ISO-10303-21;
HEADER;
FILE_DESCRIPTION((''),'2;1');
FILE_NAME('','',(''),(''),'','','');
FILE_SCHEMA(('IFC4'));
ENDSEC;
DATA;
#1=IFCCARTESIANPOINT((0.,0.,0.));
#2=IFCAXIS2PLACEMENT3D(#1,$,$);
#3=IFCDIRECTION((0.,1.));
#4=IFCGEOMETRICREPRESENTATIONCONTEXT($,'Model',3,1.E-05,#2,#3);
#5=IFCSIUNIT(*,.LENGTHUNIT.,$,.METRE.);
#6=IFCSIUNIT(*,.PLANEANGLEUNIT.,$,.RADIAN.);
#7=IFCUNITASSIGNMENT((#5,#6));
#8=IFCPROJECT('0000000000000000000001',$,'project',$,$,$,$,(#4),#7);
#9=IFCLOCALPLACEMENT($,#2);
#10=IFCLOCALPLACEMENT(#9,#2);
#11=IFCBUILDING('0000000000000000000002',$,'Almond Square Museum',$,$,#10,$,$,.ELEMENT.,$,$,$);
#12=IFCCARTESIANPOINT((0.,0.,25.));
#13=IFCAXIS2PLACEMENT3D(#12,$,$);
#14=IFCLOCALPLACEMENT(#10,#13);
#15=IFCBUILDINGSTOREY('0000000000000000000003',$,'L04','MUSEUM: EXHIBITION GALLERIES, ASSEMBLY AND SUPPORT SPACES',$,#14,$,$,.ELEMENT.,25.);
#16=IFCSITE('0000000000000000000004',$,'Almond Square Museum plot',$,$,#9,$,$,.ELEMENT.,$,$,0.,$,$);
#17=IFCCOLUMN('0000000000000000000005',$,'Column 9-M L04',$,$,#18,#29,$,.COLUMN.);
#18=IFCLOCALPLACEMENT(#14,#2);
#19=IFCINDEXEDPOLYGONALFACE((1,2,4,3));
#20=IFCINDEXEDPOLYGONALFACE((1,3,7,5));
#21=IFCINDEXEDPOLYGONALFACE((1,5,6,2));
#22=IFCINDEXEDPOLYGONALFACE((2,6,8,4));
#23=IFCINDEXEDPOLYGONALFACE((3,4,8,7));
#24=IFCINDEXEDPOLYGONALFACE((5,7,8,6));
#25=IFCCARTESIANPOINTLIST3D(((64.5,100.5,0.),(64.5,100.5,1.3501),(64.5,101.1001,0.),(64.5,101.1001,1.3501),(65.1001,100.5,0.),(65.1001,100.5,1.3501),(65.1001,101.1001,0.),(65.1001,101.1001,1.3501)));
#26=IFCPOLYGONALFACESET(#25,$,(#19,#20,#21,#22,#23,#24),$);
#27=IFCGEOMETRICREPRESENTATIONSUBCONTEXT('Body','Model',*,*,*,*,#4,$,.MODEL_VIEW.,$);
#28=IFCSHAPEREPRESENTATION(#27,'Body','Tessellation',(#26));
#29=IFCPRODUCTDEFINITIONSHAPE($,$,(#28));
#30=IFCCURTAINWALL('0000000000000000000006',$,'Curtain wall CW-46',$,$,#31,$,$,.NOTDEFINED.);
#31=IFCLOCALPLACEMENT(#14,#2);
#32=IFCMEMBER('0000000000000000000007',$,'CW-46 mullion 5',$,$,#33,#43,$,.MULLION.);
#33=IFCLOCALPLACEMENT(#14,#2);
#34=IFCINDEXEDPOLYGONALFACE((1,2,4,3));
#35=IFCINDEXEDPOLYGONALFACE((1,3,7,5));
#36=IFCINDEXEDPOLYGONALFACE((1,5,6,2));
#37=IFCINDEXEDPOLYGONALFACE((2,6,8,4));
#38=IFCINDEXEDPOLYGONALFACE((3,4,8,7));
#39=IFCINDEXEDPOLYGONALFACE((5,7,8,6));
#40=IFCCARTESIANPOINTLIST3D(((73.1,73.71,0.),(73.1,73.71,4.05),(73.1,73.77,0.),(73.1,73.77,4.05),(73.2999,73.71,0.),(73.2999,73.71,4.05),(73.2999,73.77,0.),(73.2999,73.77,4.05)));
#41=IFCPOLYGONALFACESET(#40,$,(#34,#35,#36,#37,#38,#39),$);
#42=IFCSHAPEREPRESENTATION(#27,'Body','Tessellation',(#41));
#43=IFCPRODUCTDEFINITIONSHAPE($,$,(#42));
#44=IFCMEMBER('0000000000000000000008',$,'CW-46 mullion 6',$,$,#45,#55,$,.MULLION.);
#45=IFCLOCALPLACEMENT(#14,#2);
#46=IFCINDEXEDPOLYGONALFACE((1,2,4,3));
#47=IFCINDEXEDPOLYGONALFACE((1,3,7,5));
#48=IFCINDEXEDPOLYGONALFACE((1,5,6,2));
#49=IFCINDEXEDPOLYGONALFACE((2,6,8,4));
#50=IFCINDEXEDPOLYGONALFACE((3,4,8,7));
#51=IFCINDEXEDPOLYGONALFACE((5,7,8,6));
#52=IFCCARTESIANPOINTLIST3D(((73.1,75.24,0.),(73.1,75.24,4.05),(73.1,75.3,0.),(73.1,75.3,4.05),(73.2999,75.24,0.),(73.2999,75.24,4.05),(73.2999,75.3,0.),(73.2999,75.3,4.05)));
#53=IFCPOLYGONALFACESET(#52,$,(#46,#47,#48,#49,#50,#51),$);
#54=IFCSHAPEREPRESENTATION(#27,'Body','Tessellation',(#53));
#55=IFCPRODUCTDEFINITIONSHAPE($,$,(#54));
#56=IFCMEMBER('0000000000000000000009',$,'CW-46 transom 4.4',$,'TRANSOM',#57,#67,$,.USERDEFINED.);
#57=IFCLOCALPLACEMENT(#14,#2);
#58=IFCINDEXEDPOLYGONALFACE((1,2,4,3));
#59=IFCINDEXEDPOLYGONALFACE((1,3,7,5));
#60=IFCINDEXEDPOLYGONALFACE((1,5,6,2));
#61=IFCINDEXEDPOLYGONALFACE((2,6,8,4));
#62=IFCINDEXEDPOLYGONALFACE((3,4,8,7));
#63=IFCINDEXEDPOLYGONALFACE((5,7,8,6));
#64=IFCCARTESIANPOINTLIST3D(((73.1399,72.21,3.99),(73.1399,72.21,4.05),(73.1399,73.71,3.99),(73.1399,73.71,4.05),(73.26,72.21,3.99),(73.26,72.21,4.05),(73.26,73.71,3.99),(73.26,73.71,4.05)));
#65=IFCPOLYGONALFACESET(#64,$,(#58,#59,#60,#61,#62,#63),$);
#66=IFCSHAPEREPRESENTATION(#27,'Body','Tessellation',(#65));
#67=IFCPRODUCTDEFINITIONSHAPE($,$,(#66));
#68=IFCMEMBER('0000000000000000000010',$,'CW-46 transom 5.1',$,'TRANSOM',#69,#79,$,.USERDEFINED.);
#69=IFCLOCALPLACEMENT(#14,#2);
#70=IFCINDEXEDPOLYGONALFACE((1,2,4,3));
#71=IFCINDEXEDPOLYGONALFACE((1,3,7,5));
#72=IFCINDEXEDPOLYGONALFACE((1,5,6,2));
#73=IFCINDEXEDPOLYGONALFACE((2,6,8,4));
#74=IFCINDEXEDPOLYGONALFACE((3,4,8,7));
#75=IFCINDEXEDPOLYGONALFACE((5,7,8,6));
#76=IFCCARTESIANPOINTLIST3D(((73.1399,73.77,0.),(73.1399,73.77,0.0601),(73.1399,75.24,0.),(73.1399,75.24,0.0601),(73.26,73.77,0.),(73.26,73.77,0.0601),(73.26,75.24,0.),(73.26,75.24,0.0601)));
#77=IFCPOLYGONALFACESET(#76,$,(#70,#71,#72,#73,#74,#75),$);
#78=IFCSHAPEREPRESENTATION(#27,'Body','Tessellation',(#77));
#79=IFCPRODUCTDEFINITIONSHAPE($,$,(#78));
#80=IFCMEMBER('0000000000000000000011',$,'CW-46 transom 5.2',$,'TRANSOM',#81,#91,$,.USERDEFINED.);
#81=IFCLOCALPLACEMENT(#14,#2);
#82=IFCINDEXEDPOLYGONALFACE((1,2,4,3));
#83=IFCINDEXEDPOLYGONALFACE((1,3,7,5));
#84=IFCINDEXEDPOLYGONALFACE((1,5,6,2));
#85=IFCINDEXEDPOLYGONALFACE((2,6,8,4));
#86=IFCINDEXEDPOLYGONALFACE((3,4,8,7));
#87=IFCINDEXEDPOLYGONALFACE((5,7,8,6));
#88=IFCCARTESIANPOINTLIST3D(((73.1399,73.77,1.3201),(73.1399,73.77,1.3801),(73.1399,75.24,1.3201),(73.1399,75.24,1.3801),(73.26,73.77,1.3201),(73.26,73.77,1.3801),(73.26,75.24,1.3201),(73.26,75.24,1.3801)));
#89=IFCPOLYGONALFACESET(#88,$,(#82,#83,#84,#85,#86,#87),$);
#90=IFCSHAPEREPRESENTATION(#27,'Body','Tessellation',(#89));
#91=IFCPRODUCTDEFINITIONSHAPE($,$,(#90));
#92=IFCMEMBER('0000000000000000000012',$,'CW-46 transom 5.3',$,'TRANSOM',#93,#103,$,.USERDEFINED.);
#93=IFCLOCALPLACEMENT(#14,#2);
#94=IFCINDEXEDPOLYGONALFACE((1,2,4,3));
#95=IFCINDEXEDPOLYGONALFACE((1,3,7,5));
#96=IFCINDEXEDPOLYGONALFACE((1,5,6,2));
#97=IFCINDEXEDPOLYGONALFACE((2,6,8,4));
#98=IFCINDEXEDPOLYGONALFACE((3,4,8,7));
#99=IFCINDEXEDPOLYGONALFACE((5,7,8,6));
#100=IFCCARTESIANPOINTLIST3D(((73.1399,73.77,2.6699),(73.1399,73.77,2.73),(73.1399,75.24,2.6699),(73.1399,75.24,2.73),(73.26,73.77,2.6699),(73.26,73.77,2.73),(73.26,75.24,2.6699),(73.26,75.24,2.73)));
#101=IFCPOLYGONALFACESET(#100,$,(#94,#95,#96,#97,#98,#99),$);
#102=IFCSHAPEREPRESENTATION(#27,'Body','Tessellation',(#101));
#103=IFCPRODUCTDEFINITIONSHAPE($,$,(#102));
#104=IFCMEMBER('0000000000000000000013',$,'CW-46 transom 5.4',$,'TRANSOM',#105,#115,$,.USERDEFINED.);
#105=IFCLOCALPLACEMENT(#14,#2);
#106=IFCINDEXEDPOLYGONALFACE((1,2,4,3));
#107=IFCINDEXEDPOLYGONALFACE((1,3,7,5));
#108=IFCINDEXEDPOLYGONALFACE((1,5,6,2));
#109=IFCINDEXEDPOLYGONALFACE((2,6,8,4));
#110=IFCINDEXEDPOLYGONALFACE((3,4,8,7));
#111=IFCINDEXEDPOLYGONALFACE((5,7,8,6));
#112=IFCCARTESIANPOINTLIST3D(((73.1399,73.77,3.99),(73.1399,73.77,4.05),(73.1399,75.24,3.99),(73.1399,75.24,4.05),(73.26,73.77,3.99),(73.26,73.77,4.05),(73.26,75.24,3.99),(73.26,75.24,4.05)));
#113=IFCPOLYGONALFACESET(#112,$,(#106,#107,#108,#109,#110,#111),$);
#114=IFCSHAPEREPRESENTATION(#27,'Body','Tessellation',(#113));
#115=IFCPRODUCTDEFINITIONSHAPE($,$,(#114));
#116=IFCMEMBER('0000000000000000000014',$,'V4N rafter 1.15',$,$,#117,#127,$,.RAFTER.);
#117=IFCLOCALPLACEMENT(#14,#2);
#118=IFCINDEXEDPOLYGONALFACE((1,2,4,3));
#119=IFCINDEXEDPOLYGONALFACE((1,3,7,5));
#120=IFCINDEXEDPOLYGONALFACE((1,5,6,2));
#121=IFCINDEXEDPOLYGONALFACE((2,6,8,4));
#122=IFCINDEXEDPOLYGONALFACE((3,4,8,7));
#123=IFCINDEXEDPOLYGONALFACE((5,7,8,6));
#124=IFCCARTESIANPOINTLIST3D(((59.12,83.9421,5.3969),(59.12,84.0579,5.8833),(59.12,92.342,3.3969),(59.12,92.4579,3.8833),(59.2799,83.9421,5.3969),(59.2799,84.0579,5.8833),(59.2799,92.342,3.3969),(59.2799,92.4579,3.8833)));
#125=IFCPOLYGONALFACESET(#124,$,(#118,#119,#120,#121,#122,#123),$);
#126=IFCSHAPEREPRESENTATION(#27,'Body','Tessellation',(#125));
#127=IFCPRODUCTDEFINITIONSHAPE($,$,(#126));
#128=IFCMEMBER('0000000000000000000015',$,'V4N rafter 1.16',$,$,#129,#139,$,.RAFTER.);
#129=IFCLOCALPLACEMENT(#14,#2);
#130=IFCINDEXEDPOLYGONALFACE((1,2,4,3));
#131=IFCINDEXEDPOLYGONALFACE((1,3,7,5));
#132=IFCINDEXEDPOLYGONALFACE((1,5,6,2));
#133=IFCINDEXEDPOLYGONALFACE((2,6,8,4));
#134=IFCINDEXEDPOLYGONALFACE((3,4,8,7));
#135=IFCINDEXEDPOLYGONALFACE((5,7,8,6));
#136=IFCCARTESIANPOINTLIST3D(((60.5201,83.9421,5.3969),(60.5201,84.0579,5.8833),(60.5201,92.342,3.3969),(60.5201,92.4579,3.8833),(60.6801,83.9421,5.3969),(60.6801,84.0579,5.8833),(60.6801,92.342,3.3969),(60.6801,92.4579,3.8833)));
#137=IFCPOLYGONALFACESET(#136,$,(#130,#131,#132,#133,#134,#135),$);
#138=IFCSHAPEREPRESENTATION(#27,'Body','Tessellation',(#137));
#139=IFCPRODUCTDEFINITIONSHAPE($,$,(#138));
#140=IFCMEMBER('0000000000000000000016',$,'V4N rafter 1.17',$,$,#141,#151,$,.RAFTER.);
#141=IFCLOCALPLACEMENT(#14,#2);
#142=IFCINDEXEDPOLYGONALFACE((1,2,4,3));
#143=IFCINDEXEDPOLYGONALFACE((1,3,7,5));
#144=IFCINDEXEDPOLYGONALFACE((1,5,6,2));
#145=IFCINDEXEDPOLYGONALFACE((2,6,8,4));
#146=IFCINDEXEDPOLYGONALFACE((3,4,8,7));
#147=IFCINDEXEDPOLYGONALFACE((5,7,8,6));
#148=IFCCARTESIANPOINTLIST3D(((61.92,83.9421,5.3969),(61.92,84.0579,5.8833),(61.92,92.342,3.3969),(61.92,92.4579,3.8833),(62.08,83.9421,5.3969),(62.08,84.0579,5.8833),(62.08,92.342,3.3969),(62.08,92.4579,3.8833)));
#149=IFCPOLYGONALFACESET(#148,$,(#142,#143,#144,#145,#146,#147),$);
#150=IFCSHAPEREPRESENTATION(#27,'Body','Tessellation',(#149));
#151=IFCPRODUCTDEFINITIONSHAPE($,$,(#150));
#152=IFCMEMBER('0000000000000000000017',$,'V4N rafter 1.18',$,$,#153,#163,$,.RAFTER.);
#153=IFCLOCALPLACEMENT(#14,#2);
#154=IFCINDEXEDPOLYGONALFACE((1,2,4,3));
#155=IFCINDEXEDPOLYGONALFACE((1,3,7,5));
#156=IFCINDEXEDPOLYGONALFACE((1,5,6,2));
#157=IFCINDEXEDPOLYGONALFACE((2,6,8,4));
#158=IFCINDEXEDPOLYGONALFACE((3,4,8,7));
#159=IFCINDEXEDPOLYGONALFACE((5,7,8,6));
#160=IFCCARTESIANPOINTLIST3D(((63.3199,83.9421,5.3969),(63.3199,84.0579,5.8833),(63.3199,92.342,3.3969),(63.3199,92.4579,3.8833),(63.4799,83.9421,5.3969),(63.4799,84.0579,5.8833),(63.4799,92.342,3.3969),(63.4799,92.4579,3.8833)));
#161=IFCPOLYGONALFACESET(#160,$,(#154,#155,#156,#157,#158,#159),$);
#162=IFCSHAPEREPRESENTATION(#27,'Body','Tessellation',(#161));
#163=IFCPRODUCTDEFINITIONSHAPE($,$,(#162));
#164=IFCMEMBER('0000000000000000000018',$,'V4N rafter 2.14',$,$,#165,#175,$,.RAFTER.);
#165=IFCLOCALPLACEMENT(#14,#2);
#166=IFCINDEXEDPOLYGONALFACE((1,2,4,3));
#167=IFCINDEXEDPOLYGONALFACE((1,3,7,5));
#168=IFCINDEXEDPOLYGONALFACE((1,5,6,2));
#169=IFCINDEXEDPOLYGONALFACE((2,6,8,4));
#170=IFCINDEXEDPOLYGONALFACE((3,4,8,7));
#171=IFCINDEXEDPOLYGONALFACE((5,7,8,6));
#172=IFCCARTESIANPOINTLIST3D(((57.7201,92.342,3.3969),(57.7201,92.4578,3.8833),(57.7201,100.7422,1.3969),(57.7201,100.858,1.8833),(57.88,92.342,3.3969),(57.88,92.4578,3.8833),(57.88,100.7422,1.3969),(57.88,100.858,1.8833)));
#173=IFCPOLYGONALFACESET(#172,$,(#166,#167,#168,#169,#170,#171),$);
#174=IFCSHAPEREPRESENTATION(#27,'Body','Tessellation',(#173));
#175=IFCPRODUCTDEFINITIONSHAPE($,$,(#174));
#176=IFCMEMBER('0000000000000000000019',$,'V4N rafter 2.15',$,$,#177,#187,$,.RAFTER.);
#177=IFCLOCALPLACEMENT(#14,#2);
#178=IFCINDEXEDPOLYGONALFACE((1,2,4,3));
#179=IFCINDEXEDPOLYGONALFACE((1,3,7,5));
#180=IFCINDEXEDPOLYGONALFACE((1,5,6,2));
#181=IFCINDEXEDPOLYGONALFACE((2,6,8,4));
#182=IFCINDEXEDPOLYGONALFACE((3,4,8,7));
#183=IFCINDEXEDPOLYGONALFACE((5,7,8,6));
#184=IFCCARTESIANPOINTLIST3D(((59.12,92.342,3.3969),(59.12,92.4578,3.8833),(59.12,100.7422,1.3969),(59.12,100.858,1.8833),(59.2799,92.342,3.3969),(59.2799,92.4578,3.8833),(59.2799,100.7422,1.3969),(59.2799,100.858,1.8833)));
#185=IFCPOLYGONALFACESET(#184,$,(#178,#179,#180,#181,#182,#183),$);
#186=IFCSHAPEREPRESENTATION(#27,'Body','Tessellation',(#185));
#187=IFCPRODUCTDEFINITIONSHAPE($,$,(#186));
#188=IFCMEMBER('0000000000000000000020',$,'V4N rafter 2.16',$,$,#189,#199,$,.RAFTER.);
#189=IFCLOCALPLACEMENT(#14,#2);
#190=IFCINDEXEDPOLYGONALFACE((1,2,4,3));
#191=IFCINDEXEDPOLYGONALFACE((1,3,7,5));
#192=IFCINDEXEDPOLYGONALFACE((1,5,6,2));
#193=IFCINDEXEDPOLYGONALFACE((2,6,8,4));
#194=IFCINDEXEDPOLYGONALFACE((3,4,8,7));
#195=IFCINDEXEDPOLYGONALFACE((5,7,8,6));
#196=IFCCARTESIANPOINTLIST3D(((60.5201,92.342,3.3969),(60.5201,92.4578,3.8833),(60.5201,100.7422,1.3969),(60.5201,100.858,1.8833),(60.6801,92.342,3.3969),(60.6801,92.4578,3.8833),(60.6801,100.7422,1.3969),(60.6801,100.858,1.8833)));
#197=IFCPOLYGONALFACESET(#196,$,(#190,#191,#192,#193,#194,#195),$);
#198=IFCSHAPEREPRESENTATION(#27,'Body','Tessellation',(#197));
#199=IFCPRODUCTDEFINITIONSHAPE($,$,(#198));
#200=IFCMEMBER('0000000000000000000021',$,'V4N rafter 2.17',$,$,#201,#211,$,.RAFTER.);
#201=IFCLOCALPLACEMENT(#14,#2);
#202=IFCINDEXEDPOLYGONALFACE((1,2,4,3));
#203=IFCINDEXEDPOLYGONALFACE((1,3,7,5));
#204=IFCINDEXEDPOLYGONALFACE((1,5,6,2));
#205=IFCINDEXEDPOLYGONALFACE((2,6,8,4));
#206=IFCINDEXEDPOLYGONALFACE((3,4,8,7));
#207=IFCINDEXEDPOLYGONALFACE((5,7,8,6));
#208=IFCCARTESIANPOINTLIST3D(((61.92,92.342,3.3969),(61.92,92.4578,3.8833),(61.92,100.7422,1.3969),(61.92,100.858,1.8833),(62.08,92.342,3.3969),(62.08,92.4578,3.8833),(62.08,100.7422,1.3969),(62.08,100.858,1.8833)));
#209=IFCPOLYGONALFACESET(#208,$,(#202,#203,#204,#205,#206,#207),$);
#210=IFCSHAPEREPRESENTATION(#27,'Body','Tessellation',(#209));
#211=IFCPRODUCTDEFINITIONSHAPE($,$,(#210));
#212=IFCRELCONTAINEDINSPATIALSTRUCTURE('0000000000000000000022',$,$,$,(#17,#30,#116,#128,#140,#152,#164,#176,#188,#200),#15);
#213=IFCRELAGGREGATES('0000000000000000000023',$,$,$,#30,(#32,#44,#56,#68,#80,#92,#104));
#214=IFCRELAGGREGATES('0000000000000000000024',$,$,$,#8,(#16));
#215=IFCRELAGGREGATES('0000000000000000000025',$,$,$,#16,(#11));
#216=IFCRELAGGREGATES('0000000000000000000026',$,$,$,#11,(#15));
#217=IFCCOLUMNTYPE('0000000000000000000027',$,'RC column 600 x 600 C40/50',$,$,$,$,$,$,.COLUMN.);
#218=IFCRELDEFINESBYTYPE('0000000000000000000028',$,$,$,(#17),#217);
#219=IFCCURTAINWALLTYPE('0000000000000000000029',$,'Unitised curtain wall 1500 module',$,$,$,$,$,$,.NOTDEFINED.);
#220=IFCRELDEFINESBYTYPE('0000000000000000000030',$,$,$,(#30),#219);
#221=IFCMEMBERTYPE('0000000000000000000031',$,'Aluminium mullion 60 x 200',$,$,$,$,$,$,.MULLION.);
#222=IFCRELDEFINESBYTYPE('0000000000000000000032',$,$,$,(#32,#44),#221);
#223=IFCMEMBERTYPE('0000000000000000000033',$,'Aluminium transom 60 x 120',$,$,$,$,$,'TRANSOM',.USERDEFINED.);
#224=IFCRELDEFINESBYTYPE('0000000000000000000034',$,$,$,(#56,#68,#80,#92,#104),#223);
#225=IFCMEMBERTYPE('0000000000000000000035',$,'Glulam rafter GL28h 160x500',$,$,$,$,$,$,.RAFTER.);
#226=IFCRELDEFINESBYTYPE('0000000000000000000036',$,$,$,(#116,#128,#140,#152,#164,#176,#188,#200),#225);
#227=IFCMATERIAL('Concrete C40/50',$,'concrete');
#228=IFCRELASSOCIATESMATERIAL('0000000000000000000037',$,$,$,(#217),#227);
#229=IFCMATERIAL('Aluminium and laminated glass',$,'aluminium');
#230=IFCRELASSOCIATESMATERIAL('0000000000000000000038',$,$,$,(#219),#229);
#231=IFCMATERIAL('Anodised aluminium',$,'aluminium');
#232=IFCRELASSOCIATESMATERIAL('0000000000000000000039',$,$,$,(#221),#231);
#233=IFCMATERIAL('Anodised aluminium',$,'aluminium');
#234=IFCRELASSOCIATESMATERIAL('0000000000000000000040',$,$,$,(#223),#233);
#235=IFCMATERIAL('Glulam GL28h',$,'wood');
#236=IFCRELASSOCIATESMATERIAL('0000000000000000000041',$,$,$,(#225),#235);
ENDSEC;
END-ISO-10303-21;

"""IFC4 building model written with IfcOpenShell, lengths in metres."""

from ifc_helpers import new_model, si_unit, direction, frame, origin, origin_2d, place, context, subcontext, project, spatial, rectangle, extrude, material, material_profile, profile_set, type_object, element, aggregate, save


model = new_model("IFC4")

# Units and contexts
model_context = context("Model", 3, precision=1e-05, world=origin(), true_north=direction((0.0, 1.0)))
body_context = subcontext(model_context, "Body", "Model", "MODEL_VIEW")
ifc_project = project(units=[si_unit("LENGTHUNIT", "METRE"), si_unit("PLANEANGLEUNIT", "RADIAN")], contexts=[model_context])

# Site, building, storey
site_placement = place(None, origin())
site = spatial("IfcSite", under=ifc_project, at=site_placement, Name="Almond Square Museum plot", CompositionType="ELEMENT", RefElevation=0.0)
building_placement = place(site_placement, origin())
building = spatial("IfcBuilding", under=site, at=building_placement, Name="Almond Square Museum", CompositionType="ELEMENT")
storey_placement = place(building_placement, frame((0.0, 0.0, 25.0)))
storey = spatial("IfcBuildingStorey", under=building, at=storey_placement, Name="L04", Description="MUSEUM: EXHIBITION GALLERIES, ASSEMBLY AND SUPPORT SPACES", CompositionType="ELEMENT", Elevation=25.0)

# Column
ifc_material_1 = material(Name="Concrete C40/50", Category="concrete")
ifc_material_profile_1 = material_profile(ifc_material_1, rectangle(XDim=0.6001, YDim=0.6001, at=origin_2d()))
ifc_profile_set_1 = profile_set([ifc_material_profile_1], Name="Concrete C40/50")
column_type = type_object("IfcColumnType", Name="RC column 600 x 600 C40/50", PredefinedType="COLUMN", material=ifc_profile_set_1)
column_placement = place(storey_placement, frame((64.8, 100.8, 0.0), z_axis=(0.0, 0.0, 1.0), x_axis=(1.0, 0.0, 0.0)))
element("IfcColumn", 1, at=column_placement, inside=storey, type_object=column_type, Name="Column 9-M L04", PredefinedType="COLUMN", context=body_context, shape_type="SweptSolid", body=[
    extrude(rectangle(XDim=0.6001, YDim=0.6001, at=origin_2d()), origin(), (0.0, 0.0, 1.0), 1.3501),
])

# Curtain wall, members
ifc_material_2 = material(Name="Aluminium and laminated glass", Category="aluminium")
curtain_wall_type = type_object("IfcCurtainWallType", Name="Unitised curtain wall 1500 module", PredefinedType="NOTDEFINED", material=ifc_material_2)
curtain_wall_placement = place(storey_placement, origin())
curtain_wall = element("IfcCurtainWall", 2, at=curtain_wall_placement, inside=storey, type_object=curtain_wall_type, Name="Curtain wall CW-46", PredefinedType="NOTDEFINED")
ifc_material_3 = material(Name="Anodised aluminium", Category="aluminium")
ifc_material_profile_2 = material_profile(ifc_material_3, rectangle(XDim=0.2, YDim=0.0601, at=origin_2d()))
ifc_profile_set_2 = profile_set([ifc_material_profile_2], Name="Anodised aluminium")
member_type_1 = type_object("IfcMemberType", Name="Aluminium mullion 60 x 200", PredefinedType="MULLION", material=ifc_profile_set_2)
member_1_placement = place(storey_placement, frame((73.2, 73.74, 0.0), z_axis=(0.0, 0.0, 1.0), x_axis=(-1.0, 0.0, 0.0)))
member_1 = element("IfcMember", 3, at=member_1_placement, type_object=member_type_1, Name="CW-46 mullion 5", PredefinedType="MULLION", context=body_context, shape_type="SweptSolid", body=[
    extrude(rectangle(XDim=0.2, YDim=0.0601, at=origin_2d()), origin(), (0.0, 0.0, 1.0), 4.05),
])
member_2_placement = place(storey_placement, frame((73.2, 75.27, 0.0), z_axis=(0.0, 0.0, 1.0), x_axis=(-1.0, 0.0, 0.0)))
member_2 = element("IfcMember", 4, at=member_2_placement, type_object=member_type_1, Name="CW-46 mullion 6", PredefinedType="MULLION", context=body_context, shape_type="SweptSolid", body=[
    extrude(rectangle(XDim=0.2, YDim=0.0601, at=origin_2d()), origin(), (0.0, 0.0, 1.0), 4.05),
])
ifc_material_4 = material(Name="Anodised aluminium", Category="aluminium")
ifc_material_profile_3 = material_profile(ifc_material_4, rectangle(XDim=0.1201, YDim=0.0601, at=origin_2d()))
ifc_profile_set_3 = profile_set([ifc_material_profile_3], Name="Anodised aluminium")
member_type_2 = type_object("IfcMemberType", Name="Aluminium transom 60 x 120", ElementType="TRANSOM", PredefinedType="USERDEFINED", material=ifc_profile_set_3)
member_3_placement = place(storey_placement, frame((73.2, 72.21, 4.02), z_axis=(0.0, 1.0, 0.0), x_axis=(-1.0, 0.0, 0.0)))
member_3 = element("IfcMember", 5, at=member_3_placement, type_object=member_type_2, Name="CW-46 transom 4.4", ObjectType="TRANSOM", PredefinedType="USERDEFINED", context=body_context, shape_type="SweptSolid", body=[
    extrude(rectangle(XDim=0.1201, YDim=0.0601, at=origin_2d()), origin(), (0.0, 0.0, 1.0), 1.5),
])
member_4_placement = place(storey_placement, frame((73.2, 73.77, 0.03), z_axis=(0.0, 1.0, 0.0), x_axis=(-1.0, 0.0, 0.0)))
member_4 = element("IfcMember", 6, at=member_4_placement, type_object=member_type_2, Name="CW-46 transom 5.1", ObjectType="TRANSOM", PredefinedType="USERDEFINED", context=body_context, shape_type="SweptSolid", body=[
    extrude(rectangle(XDim=0.1201, YDim=0.0601, at=origin_2d()), origin(), (0.0, 0.0, 1.0), 1.47),
])
member_5_placement = place(storey_placement, frame((73.2, 73.77, 1.3501), z_axis=(0.0, 1.0, 0.0), x_axis=(-1.0, 0.0, 0.0)))
member_5 = element("IfcMember", 7, at=member_5_placement, type_object=member_type_2, Name="CW-46 transom 5.2", ObjectType="TRANSOM", PredefinedType="USERDEFINED", context=body_context, shape_type="SweptSolid", body=[
    extrude(rectangle(XDim=0.1201, YDim=0.0601, at=origin_2d()), origin(), (0.0, 0.0, 1.0), 1.47),
])
member_6_placement = place(storey_placement, frame((73.2, 73.77, 2.7), z_axis=(0.0, 1.0, 0.0), x_axis=(-1.0, 0.0, 0.0)))
member_6 = element("IfcMember", 8, at=member_6_placement, type_object=member_type_2, Name="CW-46 transom 5.3", ObjectType="TRANSOM", PredefinedType="USERDEFINED", context=body_context, shape_type="SweptSolid", body=[
    extrude(rectangle(XDim=0.1201, YDim=0.0601, at=origin_2d()), origin(), (0.0, 0.0, 1.0), 1.47),
])
member_7_placement = place(storey_placement, frame((73.2, 73.77, 4.02), z_axis=(0.0, 1.0, 0.0), x_axis=(-1.0, 0.0, 0.0)))
member_7 = element("IfcMember", 9, at=member_7_placement, type_object=member_type_2, Name="CW-46 transom 5.4", ObjectType="TRANSOM", PredefinedType="USERDEFINED", context=body_context, shape_type="SweptSolid", body=[
    extrude(rectangle(XDim=0.1201, YDim=0.0601, at=origin_2d()), origin(), (0.0, 0.0, 1.0), 1.47),
])

# Members
ifc_material_5 = material(Name="Glulam GL28h", Category="wood")
ifc_material_profile_4 = material_profile(ifc_material_5, rectangle(XDim=0.1599, YDim=0.5, at=origin_2d()))
ifc_profile_set_4 = profile_set([ifc_material_profile_4], Name="Glulam GL28h")
member_type_3 = type_object("IfcMemberType", Name="Glulam rafter GL28h 160x500", PredefinedType="RAFTER", material=ifc_profile_set_4)
for number, where, z_axis, x_axis, name in (
    (10, (59.2, 84.0, 5.6401), (0.0, 0.972806, -0.231623), (-1.0, 0.0, 0.0), "V4N rafter 1.15"),
    (11, (60.6001, 84.0, 5.6401), (0.0, 0.972806, -0.231623), (-1.0, 0.0, 0.0), "V4N rafter 1.16"),
    (12, (62.0, 84.0, 5.6401), (0.0, 0.972806, -0.231623), (-1.0, 0.0, 0.0), "V4N rafter 1.17"),
    (13, (63.3999, 84.0, 5.6401), (0.0, 0.972806, -0.231623), (-1.0, 0.0, 0.0), "V4N rafter 1.18"),
):
    element("IfcMember", number, at=place(storey_placement, frame(where, z_axis=z_axis, x_axis=x_axis)), inside=storey, type_object=member_type_3, Name=name, PredefinedType="RAFTER", context=body_context, shape_type="SweptSolid", body=[
        extrude(rectangle(XDim=0.1599, YDim=0.5, at=origin_2d()), origin(), (0.0, 0.0, 1.0), 8.6348),
    ])
for number, where, z_axis, x_axis, name in (
    (14, (57.8, 92.3999, 3.6401), (0.0, 0.972807, -0.231617), (-1.0, 0.0, 0.0), "V4N rafter 2.14"),
    (15, (59.2, 92.3999, 3.6401), (0.0, 0.972807, -0.231617), (-1.0, 0.0, 0.0), "V4N rafter 2.15"),
    (16, (60.6001, 92.3999, 3.6401), (0.0, 0.972807, -0.231617), (-1.0, 0.0, 0.0), "V4N rafter 2.16"),
    (17, (62.0, 92.3999, 3.6401), (0.0, 0.972807, -0.231617), (-1.0, 0.0, 0.0), "V4N rafter 2.17"),
):
    element("IfcMember", number, at=place(storey_placement, frame(where, z_axis=z_axis, x_axis=x_axis)), inside=storey, type_object=member_type_3, Name=name, PredefinedType="RAFTER", context=body_context, shape_type="SweptSolid", body=[
        extrude(rectangle(XDim=0.1599, YDim=0.5, at=origin_2d()), origin(), (0.0, 0.0, 1.0), 8.635),
    ])

aggregate(curtain_wall, [member_1, member_2, member_3, member_4, member_5, member_6, member_7])

save(model, "model.ifc")
